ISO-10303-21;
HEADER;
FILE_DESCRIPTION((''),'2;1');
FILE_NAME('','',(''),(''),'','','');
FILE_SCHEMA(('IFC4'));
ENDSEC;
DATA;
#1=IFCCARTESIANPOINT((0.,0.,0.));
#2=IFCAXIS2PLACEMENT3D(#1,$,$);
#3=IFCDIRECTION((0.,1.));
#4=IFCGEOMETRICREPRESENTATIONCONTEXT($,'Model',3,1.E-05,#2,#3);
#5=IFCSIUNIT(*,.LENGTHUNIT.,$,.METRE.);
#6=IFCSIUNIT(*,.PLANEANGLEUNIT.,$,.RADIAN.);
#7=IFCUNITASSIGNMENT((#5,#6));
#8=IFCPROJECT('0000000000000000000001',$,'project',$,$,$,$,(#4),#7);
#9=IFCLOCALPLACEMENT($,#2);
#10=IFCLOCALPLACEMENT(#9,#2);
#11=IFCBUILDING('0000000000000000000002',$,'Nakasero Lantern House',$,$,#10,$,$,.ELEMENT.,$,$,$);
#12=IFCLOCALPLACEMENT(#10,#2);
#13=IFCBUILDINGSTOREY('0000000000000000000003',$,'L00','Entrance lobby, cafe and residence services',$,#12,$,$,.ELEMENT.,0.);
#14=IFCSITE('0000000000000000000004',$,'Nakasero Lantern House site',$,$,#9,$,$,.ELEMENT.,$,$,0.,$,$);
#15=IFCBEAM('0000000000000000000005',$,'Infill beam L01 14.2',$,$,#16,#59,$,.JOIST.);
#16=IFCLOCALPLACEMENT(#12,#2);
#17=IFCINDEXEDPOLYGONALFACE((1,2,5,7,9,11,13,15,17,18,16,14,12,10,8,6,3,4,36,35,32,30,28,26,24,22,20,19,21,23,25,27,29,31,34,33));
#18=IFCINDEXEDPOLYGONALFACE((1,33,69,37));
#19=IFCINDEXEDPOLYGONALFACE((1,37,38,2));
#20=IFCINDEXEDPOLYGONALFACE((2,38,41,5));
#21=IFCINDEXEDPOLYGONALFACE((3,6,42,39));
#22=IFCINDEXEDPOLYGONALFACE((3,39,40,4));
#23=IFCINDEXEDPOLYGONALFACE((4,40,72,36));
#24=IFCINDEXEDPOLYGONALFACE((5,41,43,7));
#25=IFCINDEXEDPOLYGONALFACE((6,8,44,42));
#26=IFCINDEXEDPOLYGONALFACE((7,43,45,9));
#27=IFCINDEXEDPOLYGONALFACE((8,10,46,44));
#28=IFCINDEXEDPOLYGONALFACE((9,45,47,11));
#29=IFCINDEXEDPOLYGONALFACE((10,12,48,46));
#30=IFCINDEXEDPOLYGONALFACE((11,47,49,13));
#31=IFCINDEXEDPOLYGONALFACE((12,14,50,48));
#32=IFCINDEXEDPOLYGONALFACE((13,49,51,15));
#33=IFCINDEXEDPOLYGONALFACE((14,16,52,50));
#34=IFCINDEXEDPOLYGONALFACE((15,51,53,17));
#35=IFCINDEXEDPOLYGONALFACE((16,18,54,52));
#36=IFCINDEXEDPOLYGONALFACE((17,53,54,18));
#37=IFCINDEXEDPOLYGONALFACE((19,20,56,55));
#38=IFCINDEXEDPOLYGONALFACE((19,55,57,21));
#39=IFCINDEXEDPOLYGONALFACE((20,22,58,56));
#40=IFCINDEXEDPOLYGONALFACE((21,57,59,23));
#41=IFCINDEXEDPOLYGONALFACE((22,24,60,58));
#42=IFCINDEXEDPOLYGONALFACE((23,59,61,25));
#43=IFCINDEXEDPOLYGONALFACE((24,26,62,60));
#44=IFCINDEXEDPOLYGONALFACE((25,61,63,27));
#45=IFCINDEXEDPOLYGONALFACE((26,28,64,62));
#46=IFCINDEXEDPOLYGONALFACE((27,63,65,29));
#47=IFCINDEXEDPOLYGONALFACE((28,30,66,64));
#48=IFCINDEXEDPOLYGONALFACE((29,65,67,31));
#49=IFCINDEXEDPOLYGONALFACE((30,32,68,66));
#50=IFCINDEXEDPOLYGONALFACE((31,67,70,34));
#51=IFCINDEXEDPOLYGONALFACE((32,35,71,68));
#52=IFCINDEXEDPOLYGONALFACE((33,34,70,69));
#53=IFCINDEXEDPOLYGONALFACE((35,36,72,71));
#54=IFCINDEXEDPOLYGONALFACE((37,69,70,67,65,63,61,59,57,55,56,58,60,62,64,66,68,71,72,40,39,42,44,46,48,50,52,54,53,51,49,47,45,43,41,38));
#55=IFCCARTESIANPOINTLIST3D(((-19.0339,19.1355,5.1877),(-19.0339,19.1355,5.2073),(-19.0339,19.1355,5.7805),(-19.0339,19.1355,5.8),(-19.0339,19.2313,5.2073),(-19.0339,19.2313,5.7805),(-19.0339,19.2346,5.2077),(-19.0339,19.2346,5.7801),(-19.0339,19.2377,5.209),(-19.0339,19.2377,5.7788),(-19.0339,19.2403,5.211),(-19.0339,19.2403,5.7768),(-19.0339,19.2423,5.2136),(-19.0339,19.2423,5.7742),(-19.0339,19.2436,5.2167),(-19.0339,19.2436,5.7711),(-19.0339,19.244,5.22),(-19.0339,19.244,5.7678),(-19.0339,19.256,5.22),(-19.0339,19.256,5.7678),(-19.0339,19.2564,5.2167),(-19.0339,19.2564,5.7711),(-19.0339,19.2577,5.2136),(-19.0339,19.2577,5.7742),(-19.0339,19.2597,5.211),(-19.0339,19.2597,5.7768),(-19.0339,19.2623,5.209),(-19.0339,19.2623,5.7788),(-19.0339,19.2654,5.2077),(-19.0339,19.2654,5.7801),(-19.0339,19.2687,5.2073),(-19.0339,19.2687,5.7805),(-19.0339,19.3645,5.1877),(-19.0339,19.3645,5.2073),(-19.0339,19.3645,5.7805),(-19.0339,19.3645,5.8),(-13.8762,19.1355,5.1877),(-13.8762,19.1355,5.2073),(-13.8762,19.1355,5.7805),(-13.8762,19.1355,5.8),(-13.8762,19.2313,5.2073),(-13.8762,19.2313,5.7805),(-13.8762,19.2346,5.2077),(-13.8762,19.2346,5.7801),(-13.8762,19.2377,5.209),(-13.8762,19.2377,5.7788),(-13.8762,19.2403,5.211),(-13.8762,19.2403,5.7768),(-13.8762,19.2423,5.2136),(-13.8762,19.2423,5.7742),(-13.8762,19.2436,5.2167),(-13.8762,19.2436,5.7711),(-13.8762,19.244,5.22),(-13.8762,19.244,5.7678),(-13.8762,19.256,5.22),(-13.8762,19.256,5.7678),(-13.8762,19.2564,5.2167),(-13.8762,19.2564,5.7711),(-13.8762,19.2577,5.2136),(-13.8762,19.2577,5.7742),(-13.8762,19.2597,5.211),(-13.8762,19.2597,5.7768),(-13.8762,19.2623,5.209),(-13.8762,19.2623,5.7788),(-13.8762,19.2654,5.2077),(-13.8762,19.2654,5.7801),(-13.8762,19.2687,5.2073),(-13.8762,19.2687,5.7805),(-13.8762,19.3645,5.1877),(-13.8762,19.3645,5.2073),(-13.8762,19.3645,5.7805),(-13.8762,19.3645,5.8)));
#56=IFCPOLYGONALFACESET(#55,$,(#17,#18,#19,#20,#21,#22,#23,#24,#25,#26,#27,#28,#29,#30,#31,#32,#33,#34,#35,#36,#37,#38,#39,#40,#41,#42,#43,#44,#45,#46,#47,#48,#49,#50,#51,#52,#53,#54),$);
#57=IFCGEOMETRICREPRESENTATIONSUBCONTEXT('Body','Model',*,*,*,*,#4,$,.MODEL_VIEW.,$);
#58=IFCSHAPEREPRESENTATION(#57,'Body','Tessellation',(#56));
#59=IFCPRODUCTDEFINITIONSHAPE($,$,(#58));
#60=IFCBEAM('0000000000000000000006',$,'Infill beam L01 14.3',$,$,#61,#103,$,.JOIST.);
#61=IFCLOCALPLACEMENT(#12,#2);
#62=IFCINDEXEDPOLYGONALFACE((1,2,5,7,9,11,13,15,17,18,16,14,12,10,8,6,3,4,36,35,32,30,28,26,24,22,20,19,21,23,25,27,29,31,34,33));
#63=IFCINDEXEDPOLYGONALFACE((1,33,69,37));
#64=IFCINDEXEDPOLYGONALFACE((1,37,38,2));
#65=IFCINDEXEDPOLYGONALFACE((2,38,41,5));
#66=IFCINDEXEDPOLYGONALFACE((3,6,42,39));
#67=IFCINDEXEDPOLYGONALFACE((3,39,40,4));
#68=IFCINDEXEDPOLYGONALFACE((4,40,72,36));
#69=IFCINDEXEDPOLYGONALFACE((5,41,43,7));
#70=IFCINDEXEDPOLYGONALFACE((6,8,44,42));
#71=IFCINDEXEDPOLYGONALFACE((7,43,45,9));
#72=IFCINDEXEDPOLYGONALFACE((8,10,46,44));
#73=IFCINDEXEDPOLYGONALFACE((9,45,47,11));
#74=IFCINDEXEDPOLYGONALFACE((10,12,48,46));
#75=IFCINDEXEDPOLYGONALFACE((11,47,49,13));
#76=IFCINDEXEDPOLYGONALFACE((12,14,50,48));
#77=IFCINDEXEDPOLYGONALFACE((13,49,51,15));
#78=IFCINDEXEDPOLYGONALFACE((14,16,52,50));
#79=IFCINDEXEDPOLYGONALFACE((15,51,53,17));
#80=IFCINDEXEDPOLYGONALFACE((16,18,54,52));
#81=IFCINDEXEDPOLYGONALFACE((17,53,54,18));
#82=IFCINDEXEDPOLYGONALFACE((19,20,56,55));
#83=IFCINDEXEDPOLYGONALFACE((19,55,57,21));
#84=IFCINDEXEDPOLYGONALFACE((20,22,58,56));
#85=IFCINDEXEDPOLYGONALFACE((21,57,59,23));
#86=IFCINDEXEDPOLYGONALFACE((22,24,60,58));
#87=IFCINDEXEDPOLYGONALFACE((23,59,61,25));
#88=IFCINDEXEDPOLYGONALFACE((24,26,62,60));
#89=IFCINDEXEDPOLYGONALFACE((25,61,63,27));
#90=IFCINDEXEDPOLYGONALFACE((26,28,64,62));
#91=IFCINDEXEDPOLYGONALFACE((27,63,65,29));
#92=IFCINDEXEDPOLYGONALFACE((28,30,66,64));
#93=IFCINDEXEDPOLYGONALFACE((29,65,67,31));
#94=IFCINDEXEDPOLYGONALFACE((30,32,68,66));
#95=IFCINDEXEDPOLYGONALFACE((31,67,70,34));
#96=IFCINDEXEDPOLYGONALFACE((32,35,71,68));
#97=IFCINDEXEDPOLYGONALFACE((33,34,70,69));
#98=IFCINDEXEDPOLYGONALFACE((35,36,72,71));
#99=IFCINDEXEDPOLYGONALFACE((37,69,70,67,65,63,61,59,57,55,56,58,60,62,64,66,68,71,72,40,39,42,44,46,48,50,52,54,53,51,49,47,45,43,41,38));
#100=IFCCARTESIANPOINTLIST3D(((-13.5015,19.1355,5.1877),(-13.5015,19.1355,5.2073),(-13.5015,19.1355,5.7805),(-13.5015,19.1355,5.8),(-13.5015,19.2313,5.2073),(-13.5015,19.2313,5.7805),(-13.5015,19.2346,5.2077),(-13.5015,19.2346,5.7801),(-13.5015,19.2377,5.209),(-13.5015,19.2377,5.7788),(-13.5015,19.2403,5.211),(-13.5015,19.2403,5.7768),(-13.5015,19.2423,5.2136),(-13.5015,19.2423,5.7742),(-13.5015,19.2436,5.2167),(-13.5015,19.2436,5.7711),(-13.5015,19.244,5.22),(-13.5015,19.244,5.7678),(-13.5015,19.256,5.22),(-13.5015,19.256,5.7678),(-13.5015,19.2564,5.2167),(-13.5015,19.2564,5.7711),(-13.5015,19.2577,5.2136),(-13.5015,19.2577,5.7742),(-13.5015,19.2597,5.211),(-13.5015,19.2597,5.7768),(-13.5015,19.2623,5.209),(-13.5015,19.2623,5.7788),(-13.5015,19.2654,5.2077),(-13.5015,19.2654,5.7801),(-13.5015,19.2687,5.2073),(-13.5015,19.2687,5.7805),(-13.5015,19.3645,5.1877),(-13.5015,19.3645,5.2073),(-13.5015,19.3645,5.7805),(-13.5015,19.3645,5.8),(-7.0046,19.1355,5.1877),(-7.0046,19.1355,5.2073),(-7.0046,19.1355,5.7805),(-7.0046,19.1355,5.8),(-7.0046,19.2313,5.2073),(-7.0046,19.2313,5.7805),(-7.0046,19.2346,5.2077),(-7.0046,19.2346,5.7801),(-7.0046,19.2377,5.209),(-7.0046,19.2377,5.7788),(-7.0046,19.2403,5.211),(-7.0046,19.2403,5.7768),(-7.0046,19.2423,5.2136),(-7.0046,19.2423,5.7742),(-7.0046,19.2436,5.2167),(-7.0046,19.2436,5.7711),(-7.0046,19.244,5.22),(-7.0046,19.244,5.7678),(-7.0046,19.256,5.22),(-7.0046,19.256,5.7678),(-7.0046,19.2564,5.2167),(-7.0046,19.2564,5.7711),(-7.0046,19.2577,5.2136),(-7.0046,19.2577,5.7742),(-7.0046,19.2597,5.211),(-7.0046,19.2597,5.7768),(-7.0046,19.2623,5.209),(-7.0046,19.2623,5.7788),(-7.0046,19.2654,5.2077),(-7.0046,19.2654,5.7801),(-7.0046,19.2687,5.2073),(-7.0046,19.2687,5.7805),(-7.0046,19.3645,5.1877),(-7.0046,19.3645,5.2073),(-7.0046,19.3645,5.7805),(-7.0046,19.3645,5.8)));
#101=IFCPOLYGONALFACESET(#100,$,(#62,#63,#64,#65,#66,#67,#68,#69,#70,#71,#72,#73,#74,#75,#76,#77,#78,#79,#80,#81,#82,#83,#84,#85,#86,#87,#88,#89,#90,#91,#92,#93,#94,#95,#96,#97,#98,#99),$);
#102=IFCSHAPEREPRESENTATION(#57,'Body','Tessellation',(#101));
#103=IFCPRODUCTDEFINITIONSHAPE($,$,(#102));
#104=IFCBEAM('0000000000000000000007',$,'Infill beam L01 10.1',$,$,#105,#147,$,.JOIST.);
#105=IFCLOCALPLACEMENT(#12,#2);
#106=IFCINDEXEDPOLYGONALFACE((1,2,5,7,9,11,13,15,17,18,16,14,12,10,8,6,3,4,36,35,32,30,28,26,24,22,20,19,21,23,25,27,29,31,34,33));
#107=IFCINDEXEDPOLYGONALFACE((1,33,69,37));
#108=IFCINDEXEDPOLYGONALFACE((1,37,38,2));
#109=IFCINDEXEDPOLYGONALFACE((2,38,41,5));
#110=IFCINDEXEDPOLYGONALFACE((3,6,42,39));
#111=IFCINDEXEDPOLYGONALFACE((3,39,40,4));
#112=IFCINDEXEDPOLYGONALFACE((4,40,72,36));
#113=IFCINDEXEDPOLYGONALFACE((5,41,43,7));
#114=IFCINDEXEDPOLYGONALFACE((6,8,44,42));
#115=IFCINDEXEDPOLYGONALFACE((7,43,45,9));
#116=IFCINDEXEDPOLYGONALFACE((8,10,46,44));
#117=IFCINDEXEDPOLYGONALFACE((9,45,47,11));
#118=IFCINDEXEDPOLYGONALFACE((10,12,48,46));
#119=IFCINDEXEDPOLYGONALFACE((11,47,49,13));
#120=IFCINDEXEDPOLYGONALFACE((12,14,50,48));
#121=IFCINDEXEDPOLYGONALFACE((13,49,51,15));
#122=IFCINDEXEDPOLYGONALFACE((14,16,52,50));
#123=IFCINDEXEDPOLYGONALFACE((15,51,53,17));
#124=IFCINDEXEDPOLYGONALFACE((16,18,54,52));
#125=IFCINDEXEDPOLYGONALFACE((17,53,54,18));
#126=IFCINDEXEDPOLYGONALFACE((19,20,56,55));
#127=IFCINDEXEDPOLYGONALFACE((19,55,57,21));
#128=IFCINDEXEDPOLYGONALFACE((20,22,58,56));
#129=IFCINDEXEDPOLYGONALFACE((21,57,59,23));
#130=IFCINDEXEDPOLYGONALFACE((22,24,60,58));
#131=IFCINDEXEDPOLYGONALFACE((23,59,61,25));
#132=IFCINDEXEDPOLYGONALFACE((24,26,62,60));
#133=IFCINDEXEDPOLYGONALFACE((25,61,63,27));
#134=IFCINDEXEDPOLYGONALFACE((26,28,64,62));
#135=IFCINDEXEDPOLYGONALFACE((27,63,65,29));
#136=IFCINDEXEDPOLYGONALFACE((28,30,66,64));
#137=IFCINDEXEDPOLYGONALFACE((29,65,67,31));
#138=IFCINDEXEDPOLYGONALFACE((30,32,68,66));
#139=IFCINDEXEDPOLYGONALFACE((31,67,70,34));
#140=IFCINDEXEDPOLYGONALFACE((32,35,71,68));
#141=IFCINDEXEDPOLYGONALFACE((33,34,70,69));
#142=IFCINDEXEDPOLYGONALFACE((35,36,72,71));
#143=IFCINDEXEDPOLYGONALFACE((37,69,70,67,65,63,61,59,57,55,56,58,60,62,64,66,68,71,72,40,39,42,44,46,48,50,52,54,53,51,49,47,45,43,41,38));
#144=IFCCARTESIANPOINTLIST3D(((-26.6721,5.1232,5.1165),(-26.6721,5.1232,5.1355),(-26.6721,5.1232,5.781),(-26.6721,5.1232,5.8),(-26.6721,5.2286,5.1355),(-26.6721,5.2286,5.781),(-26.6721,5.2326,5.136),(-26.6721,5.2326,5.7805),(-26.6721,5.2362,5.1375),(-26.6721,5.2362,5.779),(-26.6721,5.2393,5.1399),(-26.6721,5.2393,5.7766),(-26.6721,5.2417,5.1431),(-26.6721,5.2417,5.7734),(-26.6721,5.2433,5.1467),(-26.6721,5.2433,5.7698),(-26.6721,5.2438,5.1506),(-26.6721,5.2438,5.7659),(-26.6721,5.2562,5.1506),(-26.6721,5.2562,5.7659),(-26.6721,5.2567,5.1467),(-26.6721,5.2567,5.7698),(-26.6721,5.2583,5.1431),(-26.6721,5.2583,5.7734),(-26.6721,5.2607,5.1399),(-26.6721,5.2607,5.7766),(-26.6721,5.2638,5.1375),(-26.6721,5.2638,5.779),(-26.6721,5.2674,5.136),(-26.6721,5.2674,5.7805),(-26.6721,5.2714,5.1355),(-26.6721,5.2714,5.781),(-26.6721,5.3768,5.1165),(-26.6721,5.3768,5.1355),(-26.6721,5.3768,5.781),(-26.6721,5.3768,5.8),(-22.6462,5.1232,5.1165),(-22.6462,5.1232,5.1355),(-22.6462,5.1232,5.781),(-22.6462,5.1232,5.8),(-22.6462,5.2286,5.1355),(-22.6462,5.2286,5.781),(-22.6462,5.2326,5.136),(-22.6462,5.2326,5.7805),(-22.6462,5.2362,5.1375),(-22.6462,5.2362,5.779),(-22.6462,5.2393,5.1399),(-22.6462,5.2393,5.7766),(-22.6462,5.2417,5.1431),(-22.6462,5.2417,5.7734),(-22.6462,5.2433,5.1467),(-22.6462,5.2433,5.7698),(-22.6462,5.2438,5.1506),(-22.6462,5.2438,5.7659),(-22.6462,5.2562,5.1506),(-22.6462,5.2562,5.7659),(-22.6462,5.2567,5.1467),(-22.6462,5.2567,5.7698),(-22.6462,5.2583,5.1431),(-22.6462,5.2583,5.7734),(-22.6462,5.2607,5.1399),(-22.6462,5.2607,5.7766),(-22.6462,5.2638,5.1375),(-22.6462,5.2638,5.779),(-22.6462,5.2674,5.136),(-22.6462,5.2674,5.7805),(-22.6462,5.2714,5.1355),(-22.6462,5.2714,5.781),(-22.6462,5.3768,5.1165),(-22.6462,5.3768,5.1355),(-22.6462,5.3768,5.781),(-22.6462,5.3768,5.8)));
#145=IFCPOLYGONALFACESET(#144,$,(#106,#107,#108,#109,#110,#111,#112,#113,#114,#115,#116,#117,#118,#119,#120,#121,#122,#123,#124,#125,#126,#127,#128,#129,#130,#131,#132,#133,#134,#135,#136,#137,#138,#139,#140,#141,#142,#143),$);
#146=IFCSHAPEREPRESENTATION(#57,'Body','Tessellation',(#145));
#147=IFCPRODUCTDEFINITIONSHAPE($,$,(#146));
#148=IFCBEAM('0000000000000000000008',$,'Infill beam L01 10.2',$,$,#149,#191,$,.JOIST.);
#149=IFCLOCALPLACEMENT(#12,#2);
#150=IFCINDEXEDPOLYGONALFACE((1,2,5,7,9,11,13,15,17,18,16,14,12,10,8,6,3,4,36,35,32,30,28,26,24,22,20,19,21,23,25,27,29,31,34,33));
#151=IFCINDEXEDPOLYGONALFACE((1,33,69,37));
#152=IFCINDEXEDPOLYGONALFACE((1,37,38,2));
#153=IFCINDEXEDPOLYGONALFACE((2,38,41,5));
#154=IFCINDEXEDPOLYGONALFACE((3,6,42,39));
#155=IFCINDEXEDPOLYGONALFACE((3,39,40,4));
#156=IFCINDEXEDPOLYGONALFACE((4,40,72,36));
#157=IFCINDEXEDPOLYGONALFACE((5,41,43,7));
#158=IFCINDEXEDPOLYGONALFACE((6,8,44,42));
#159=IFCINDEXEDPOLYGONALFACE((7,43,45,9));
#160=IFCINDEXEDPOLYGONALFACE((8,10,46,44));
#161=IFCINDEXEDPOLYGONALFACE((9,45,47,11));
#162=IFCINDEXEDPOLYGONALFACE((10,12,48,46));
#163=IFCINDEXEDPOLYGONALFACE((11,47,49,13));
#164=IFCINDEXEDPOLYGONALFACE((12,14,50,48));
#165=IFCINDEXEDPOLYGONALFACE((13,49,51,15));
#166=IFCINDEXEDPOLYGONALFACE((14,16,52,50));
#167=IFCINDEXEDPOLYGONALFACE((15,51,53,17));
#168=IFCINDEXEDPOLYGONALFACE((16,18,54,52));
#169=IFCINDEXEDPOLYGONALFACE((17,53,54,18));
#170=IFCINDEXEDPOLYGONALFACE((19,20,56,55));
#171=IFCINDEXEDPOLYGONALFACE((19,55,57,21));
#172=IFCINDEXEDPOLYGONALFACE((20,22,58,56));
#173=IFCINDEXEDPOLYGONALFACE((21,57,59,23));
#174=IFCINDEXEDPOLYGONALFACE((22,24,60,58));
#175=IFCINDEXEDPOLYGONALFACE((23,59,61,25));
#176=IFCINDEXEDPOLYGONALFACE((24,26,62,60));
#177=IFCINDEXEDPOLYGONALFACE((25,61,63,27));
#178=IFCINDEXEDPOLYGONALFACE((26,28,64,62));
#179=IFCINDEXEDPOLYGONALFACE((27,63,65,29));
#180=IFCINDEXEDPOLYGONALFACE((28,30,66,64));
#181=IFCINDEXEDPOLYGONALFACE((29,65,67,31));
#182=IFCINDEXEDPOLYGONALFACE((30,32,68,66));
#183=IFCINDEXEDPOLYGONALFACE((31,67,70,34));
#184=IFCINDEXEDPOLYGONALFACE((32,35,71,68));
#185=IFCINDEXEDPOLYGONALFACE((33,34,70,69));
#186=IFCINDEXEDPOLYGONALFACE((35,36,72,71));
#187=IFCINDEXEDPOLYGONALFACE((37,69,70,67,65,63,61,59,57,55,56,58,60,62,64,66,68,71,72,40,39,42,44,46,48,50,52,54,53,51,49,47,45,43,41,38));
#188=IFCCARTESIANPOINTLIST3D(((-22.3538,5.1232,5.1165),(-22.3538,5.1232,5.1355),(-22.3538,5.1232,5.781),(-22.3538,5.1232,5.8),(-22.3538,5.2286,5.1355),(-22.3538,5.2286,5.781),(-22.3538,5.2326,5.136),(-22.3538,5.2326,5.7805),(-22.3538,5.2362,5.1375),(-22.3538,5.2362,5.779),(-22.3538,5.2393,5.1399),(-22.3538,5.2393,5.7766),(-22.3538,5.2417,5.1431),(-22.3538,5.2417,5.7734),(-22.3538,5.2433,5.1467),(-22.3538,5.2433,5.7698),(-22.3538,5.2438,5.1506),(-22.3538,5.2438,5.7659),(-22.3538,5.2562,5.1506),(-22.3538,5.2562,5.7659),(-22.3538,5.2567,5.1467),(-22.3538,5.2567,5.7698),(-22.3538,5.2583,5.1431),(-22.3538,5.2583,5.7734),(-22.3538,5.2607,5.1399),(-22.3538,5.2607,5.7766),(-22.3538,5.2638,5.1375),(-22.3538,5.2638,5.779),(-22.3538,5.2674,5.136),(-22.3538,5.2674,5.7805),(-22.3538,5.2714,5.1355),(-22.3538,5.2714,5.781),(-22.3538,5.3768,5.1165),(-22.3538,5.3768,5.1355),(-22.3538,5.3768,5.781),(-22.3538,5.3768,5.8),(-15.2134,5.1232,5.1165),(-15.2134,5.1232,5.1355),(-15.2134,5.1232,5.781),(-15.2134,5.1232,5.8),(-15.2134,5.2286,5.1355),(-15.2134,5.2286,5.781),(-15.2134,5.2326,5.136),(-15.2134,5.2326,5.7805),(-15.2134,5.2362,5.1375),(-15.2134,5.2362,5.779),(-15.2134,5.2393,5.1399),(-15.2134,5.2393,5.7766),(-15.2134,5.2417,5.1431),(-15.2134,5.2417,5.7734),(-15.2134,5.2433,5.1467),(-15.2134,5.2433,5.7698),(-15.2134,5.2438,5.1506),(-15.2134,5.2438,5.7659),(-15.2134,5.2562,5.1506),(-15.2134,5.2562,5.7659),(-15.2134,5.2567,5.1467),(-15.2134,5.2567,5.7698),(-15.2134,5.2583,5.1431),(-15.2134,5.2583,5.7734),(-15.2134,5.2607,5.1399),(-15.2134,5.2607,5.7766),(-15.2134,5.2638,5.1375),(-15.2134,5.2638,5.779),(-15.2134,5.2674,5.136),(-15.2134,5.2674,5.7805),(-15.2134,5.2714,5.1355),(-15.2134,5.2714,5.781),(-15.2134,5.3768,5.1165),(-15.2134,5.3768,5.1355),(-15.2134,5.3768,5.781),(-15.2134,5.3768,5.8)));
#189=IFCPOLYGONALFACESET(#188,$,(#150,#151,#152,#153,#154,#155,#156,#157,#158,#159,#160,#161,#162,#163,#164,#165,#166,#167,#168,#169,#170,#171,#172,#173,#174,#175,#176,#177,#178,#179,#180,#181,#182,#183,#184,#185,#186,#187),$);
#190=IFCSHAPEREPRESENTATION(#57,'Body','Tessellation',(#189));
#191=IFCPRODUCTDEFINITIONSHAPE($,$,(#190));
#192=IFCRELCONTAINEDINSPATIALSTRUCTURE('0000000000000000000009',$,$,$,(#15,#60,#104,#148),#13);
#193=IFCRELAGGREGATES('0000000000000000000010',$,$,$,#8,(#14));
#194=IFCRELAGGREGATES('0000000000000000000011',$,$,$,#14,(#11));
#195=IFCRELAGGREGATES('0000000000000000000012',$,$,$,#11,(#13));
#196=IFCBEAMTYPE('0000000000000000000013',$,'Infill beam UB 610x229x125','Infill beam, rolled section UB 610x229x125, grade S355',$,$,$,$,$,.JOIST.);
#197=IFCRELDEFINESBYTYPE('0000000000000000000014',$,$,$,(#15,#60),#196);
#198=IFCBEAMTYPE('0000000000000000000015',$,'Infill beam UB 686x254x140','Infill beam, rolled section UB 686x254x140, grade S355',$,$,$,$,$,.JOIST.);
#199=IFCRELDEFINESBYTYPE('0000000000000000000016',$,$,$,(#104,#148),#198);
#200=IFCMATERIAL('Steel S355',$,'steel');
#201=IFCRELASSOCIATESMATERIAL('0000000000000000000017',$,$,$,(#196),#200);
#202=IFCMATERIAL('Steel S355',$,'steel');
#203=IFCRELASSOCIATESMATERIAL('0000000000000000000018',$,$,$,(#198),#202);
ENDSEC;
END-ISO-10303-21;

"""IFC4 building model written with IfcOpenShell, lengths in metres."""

from ifc_helpers import new_model, si_unit, direction, frame, origin, origin_2d, place, context, subcontext, project, spatial, i_section, extrude, material, material_profile, profile_set, type_object, element, save


model = new_model("IFC4")

# Units and contexts
model_context = context("Model", 3, precision=1e-05, world=origin(), true_north=direction((0.0, 1.0)))
body_context = subcontext(model_context, "Body", "Model", "MODEL_VIEW")
ifc_project = project(units=[si_unit("LENGTHUNIT", "METRE"), si_unit("PLANEANGLEUNIT", "RADIAN")], contexts=[model_context])

# Site, building, storey
site_placement = place(None, origin())
site = spatial("IfcSite", under=ifc_project, at=site_placement, Name="Nakasero Lantern House site", CompositionType="ELEMENT", RefElevation=0.0)
building_placement = place(site_placement, origin())
building = spatial("IfcBuilding", under=site, at=building_placement, Name="Nakasero Lantern House", CompositionType="ELEMENT")
storey_placement = place(building_placement, origin())
storey = spatial("IfcBuildingStorey", under=building, at=storey_placement, Name="L00", Description="Entrance lobby, cafe and residence services", CompositionType="ELEMENT", Elevation=0.0)

# Beams
ifc_material_1 = material(Name="Steel S355", Category="steel")
ifc_material_profile_1 = material_profile(ifc_material_1, i_section(OverallWidth=0.229, OverallDepth=0.6123, WebThickness=0.012, FlangeThickness=0.0195, FilletRadius=0.0127, at=origin_2d()), Name="UB 610x229x125")
ifc_profile_set_1 = profile_set([ifc_material_profile_1], Name="Steel S355")
beam_type_1 = type_object("IfcBeamType", Name="Infill beam UB 610x229x125", Description="Infill beam, rolled section UB 610x229x125, grade S355", PredefinedType="JOIST", material=ifc_profile_set_1)
beam_1_placement = place(storey_placement, frame((-19.0339, 19.25, 5.4939), z_axis=(1.0, 0.0, 0.0), x_axis=(0.0, 1.0, 0.0)))
element("IfcBeam", 1, at=beam_1_placement, inside=storey, type_object=beam_type_1, Name="Infill beam L01 14.2", PredefinedType="JOIST", context=body_context, shape_type="SweptSolid", body=[
    extrude(i_section(OverallWidth=0.229, OverallDepth=0.6123, WebThickness=0.012, FlangeThickness=0.0195, FilletRadius=0.0127, at=origin_2d()), origin(), (0.0, 0.0, 1.0), 5.1577),
])
beam_2_placement = place(storey_placement, frame((-13.5015, 19.25, 5.4939), z_axis=(1.0, 0.0, 0.0), x_axis=(0.0, 1.0, 0.0)))
element("IfcBeam", 2, at=beam_2_placement, inside=storey, type_object=beam_type_1, Name="Infill beam L01 14.3", PredefinedType="JOIST", context=body_context, shape_type="SweptSolid", body=[
    extrude(i_section(OverallWidth=0.229, OverallDepth=0.6123, WebThickness=0.012, FlangeThickness=0.0195, FilletRadius=0.0127, at=origin_2d()), origin(), (0.0, 0.0, 1.0), 6.4968),
])
ifc_material_2 = material(Name="Steel S355", Category="steel")
ifc_material_profile_2 = material_profile(ifc_material_2, i_section(OverallWidth=0.2537, OverallDepth=0.6836, WebThickness=0.0125, FlangeThickness=0.019, FilletRadius=0.0151, at=origin_2d()), Name="UB 686x254x140")
ifc_profile_set_2 = profile_set([ifc_material_profile_2], Name="Steel S355")
beam_type_2 = type_object("IfcBeamType", Name="Infill beam UB 686x254x140", Description="Infill beam, rolled section UB 686x254x140, grade S355", PredefinedType="JOIST", material=ifc_profile_set_2)
beam_3_placement = place(storey_placement, frame((-26.6721, 5.25, 5.4583), z_axis=(1.0, 0.0, 0.0), x_axis=(0.0, 1.0, 0.0)))
element("IfcBeam", 3, at=beam_3_placement, inside=storey, type_object=beam_type_2, Name="Infill beam L01 10.1", PredefinedType="JOIST", context=body_context, shape_type="SweptSolid", body=[
    extrude(i_section(OverallWidth=0.2537, OverallDepth=0.6836, WebThickness=0.0125, FlangeThickness=0.019, FilletRadius=0.0151, at=origin_2d()), origin(), (0.0, 0.0, 1.0), 4.0259),
])
beam_4_placement = place(storey_placement, frame((-22.3538, 5.25, 5.4583), z_axis=(1.0, 0.0, 0.0), x_axis=(0.0, 1.0, 0.0)))
element("IfcBeam", 4, at=beam_4_placement, inside=storey, type_object=beam_type_2, Name="Infill beam L01 10.2", PredefinedType="JOIST", context=body_context, shape_type="SweptSolid", body=[
    extrude(i_section(OverallWidth=0.2537, OverallDepth=0.6836, WebThickness=0.0125, FlangeThickness=0.019, FilletRadius=0.0151, at=origin_2d()), origin(), (0.0, 0.0, 1.0), 7.1404),
])

save(model, "model.ifc")
